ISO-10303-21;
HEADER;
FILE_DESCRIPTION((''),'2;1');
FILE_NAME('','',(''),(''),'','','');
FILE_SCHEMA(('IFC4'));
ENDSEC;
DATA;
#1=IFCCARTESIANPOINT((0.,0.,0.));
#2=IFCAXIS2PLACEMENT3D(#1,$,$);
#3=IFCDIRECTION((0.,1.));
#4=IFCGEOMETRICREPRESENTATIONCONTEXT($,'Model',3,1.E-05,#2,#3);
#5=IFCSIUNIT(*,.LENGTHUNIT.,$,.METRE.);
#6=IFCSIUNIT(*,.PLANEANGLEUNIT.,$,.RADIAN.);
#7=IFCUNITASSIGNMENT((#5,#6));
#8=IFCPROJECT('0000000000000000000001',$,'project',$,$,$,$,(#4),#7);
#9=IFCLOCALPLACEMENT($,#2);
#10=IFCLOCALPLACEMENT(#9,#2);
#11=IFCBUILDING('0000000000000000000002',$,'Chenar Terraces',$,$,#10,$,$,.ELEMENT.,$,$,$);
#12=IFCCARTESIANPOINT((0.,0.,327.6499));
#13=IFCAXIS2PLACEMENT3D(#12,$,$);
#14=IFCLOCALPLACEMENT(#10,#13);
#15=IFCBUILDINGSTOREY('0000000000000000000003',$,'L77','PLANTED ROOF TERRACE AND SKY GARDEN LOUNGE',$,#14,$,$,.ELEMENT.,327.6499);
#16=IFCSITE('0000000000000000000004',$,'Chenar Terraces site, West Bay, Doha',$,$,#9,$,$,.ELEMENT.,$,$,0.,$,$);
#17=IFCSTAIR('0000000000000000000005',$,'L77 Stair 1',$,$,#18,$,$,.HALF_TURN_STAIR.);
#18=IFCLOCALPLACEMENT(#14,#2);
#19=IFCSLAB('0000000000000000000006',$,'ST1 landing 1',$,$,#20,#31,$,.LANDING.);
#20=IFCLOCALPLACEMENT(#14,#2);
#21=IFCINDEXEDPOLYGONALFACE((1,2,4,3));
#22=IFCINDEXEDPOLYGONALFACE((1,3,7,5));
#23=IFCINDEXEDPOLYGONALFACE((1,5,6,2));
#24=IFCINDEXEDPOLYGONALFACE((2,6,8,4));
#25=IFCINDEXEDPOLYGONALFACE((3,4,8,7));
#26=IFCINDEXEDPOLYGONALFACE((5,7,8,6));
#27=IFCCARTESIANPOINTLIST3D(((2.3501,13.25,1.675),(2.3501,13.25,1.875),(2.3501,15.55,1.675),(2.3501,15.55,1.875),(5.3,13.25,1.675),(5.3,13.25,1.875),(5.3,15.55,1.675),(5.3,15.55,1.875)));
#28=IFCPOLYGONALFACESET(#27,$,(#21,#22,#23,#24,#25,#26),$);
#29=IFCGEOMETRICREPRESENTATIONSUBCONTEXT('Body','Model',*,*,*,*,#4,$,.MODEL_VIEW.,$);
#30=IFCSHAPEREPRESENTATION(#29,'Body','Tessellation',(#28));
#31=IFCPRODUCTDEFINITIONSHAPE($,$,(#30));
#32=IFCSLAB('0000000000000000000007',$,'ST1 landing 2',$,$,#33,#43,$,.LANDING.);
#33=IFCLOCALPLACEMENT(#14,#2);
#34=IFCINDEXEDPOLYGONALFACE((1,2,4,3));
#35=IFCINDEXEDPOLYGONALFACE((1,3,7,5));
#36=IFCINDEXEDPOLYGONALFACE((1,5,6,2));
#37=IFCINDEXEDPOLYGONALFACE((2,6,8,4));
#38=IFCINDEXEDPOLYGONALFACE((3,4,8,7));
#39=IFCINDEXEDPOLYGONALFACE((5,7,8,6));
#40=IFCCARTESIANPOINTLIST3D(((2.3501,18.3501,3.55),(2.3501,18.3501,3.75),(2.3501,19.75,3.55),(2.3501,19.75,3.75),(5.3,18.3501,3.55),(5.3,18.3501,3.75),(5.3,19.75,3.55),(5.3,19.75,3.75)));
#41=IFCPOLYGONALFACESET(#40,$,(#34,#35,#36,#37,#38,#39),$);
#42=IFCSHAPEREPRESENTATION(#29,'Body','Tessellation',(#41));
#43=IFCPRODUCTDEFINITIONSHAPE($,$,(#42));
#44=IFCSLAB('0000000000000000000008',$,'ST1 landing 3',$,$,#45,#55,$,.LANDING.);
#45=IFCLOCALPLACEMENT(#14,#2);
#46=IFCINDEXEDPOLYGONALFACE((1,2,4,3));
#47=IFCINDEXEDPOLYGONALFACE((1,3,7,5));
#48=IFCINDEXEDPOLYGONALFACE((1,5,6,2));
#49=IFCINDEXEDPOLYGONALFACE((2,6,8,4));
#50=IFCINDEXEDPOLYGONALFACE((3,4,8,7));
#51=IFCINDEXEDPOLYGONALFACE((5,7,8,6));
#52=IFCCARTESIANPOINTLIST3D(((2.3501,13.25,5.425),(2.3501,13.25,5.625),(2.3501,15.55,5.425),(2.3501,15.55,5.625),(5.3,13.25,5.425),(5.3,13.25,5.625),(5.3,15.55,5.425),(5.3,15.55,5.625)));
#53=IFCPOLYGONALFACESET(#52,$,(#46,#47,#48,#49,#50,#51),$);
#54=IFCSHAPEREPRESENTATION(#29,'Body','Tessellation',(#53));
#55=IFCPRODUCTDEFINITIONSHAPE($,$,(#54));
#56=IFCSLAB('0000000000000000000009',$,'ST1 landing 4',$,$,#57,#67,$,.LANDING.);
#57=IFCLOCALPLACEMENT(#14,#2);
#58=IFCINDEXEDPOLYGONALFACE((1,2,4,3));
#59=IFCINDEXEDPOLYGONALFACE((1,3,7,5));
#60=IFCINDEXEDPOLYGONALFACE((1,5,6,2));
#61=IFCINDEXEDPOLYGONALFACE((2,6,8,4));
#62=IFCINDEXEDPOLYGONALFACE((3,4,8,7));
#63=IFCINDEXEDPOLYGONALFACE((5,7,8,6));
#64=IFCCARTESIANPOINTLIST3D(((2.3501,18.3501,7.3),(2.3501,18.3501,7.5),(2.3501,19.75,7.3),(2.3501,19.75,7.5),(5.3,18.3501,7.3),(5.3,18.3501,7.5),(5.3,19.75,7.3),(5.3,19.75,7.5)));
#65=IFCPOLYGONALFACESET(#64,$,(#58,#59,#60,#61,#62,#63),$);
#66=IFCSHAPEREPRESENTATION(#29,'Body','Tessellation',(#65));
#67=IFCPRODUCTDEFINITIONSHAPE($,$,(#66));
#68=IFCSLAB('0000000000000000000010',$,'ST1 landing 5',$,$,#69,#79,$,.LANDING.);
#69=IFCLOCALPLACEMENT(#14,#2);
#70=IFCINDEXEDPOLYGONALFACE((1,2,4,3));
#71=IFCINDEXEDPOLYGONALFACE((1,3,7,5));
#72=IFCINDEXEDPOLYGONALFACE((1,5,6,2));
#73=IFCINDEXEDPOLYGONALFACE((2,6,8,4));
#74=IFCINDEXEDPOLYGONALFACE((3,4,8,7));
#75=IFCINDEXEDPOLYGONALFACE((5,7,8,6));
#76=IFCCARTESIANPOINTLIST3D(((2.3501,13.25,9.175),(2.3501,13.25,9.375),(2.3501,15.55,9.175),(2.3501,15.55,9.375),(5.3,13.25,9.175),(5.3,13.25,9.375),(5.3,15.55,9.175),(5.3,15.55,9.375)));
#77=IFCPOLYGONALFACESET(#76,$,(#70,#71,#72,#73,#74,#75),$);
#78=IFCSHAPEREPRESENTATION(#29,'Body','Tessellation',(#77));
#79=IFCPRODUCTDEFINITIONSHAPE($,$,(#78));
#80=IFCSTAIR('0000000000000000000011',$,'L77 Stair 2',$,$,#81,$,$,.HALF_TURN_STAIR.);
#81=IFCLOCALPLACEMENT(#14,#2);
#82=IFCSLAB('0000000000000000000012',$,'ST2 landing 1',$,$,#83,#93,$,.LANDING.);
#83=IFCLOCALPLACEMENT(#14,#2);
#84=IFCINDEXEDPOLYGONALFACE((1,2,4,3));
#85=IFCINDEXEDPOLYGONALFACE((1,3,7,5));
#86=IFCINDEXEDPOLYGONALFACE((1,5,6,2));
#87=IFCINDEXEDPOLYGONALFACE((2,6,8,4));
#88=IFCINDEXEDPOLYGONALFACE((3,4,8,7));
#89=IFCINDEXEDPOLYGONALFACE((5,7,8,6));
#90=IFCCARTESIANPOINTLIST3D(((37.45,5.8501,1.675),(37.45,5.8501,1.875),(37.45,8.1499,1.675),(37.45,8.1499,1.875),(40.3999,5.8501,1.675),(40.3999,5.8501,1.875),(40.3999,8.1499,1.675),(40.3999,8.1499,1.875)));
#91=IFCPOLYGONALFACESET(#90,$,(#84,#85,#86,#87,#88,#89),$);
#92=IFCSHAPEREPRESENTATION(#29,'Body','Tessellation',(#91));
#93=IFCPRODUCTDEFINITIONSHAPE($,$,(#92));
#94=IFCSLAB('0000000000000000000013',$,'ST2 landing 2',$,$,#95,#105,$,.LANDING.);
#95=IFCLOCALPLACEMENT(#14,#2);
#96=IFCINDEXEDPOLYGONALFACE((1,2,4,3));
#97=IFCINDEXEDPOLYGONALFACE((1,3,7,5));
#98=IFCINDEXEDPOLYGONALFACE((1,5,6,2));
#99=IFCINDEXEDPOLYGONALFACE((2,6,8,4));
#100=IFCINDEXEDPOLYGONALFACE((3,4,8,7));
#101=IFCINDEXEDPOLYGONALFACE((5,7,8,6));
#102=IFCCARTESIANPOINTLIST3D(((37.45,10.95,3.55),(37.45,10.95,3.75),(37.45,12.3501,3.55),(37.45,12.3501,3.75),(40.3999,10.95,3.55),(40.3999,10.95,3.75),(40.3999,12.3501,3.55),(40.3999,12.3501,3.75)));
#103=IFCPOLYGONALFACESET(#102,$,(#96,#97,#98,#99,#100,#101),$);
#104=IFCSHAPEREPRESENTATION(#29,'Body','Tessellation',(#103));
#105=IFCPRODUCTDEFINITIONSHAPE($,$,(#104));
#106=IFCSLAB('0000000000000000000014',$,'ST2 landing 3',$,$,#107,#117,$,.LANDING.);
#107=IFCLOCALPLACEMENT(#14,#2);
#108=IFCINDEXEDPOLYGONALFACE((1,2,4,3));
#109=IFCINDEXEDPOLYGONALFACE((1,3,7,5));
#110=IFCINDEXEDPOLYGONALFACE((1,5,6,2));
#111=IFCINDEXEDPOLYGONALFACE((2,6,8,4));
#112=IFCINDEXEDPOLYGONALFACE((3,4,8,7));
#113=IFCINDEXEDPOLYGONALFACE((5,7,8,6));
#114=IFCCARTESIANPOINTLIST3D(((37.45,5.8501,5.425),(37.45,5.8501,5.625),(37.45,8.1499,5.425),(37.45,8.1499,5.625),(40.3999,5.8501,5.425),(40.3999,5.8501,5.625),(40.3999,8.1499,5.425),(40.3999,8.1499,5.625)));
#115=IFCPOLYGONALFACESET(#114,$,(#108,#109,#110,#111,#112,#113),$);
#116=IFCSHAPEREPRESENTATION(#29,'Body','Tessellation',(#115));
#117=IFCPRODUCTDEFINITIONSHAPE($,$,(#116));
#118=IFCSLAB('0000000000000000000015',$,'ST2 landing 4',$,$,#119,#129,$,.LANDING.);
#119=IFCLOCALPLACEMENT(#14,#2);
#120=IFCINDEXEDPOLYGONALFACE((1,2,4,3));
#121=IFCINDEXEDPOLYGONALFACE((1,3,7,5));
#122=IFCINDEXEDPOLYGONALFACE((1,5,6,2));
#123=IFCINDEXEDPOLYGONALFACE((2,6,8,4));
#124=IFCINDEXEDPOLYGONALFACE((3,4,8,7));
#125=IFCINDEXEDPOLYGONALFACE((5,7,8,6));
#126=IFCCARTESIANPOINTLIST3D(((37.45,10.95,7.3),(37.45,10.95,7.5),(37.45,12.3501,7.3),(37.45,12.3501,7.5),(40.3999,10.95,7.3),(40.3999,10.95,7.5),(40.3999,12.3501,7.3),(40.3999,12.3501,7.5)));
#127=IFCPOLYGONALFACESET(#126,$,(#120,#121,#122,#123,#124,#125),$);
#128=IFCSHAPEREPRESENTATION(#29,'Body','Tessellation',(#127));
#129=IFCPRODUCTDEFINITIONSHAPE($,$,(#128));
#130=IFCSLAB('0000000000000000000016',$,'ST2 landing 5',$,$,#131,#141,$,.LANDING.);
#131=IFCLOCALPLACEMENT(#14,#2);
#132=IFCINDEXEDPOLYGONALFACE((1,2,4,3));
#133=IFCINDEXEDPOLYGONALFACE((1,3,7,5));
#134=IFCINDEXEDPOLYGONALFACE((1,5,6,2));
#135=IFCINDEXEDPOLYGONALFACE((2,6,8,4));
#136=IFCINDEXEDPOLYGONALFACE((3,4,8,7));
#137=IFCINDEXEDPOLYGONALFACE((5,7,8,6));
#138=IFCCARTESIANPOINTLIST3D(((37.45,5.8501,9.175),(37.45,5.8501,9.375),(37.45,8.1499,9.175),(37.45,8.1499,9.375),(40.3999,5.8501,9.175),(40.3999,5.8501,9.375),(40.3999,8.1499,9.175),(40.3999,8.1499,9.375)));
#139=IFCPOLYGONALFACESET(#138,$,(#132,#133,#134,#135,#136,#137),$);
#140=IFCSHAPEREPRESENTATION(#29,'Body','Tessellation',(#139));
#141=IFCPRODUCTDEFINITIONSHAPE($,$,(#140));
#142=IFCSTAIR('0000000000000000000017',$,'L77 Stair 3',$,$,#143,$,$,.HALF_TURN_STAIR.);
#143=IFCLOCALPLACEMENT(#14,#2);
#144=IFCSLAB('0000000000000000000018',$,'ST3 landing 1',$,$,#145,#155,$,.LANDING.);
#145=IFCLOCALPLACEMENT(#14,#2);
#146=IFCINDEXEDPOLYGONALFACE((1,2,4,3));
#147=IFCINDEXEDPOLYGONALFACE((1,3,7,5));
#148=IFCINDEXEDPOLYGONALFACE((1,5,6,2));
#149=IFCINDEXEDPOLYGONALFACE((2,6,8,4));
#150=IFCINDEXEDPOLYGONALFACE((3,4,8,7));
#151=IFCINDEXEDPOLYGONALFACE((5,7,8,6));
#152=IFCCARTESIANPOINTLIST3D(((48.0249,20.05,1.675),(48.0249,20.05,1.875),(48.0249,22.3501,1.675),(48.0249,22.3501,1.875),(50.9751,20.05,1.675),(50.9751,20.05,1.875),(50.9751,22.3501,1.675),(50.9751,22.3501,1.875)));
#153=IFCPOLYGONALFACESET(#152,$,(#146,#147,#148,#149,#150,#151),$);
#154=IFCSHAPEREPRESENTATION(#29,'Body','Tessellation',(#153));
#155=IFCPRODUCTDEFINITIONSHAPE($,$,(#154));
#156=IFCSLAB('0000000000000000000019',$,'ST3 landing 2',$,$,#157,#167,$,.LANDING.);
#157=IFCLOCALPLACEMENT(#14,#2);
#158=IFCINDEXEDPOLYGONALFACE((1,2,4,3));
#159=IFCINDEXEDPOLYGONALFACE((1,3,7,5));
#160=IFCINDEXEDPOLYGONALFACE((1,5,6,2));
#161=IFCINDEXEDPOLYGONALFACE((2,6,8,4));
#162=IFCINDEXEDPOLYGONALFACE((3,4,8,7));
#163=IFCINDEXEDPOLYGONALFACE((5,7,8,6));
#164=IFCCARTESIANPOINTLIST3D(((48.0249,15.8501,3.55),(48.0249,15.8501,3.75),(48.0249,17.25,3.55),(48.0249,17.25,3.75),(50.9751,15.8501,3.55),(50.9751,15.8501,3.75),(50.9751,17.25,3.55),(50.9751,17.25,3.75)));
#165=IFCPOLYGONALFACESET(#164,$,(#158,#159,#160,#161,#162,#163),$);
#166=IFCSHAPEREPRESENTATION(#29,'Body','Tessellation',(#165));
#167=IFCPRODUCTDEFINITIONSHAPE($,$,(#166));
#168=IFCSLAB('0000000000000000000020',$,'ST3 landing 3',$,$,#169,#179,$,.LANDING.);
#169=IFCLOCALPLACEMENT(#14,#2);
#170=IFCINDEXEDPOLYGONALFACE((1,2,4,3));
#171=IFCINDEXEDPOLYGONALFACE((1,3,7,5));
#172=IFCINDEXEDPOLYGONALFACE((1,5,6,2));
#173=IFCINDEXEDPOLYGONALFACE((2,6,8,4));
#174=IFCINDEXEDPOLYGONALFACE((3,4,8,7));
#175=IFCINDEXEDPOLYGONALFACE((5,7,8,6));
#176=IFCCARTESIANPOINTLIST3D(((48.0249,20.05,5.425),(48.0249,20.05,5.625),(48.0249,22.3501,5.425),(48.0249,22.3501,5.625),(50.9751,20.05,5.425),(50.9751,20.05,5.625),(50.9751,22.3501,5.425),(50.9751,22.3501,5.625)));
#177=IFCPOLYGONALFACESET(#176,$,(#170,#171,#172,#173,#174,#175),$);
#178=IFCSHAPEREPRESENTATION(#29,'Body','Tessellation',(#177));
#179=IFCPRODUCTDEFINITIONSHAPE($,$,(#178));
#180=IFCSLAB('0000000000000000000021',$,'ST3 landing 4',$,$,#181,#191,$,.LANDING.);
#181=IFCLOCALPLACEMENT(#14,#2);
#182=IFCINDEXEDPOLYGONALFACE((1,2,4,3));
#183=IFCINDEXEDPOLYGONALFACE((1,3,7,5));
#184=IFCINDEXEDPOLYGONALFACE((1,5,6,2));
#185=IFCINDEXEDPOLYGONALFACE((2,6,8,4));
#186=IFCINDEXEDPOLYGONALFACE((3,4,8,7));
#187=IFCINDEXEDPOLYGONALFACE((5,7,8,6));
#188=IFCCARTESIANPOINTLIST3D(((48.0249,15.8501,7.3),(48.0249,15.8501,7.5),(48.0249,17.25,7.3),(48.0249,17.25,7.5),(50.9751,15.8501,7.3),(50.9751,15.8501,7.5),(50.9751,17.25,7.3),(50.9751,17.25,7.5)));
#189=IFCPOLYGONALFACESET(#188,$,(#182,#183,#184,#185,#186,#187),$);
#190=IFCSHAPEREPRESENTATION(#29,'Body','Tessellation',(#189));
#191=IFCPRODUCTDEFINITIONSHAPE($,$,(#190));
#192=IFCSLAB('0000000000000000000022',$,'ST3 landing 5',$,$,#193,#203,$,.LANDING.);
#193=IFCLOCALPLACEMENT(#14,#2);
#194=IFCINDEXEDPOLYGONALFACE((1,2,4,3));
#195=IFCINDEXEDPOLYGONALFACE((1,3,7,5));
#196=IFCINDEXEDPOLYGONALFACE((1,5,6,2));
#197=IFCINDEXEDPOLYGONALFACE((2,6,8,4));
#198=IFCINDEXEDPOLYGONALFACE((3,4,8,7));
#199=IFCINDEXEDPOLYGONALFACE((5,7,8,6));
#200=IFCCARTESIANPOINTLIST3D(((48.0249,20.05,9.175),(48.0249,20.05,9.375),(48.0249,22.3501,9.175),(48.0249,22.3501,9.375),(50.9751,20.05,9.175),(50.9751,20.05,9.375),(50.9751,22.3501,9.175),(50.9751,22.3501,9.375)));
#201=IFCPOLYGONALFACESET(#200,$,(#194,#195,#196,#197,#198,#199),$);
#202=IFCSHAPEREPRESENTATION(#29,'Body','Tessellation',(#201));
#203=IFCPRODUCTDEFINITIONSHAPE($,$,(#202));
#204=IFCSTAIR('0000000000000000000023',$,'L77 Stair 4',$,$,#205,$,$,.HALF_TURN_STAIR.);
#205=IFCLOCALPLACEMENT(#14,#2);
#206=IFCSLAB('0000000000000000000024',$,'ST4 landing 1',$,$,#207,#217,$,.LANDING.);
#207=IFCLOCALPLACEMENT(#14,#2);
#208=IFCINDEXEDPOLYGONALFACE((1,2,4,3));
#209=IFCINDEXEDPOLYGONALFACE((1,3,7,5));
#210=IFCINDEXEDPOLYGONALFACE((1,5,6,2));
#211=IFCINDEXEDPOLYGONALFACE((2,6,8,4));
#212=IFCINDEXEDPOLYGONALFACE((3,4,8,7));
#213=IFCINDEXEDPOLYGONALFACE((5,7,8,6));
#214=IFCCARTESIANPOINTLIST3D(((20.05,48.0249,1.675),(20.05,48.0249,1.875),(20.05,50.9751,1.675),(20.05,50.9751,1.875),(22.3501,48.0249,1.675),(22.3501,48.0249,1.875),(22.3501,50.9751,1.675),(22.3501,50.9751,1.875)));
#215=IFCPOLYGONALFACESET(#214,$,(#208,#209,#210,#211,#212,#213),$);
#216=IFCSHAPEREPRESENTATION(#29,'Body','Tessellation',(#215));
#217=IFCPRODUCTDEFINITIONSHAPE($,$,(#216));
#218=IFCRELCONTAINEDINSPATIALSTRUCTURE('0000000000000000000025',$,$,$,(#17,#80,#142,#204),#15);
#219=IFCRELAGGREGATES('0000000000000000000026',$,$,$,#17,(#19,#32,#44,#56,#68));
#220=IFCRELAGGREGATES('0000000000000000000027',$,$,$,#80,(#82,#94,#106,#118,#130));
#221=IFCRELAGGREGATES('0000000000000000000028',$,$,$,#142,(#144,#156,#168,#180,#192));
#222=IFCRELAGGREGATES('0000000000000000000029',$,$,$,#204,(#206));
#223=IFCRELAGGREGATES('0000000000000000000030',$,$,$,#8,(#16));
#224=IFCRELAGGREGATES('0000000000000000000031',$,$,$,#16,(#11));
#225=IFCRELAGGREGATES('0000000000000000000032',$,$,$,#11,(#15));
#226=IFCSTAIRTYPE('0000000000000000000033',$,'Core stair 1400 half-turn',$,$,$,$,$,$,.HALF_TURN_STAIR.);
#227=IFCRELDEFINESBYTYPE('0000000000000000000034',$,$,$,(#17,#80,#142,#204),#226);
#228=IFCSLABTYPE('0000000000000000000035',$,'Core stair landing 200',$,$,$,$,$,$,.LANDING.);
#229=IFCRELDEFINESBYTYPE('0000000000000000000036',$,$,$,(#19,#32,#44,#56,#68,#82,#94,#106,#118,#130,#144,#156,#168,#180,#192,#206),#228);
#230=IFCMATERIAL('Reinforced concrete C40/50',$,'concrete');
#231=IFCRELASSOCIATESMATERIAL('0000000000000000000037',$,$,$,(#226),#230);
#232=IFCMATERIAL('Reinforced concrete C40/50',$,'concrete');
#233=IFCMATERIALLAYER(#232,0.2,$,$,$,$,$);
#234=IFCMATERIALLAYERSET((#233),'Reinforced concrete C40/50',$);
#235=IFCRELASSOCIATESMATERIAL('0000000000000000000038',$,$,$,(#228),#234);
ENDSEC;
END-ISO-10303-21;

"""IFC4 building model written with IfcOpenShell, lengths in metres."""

from ifc_helpers import new_model, si_unit, direction, frame, origin, place, context, subcontext, project, spatial, polyline, outline, extrude, material, layer, layer_set, type_object, element, aggregate, save


model = new_model("IFC4")

# Units and contexts
model_context = context("Model", 3, precision=1e-05, world=origin(), true_north=direction((0.0, 1.0)))
body_context = subcontext(model_context, "Body", "Model", "MODEL_VIEW")
ifc_project = project(units=[si_unit("LENGTHUNIT", "METRE"), si_unit("PLANEANGLEUNIT", "RADIAN")], contexts=[model_context])

# Site, building, storey
site_placement = place(None, origin())
site = spatial("IfcSite", under=ifc_project, at=site_placement, Name="Chenar Terraces site, West Bay, Doha", CompositionType="ELEMENT", RefElevation=0.0)
building_placement = place(site_placement, origin())
building = spatial("IfcBuilding", under=site, at=building_placement, Name="Chenar Terraces", CompositionType="ELEMENT")
storey_placement = place(building_placement, frame((0.0, 0.0, 327.6499)))
storey = spatial("IfcBuildingStorey", under=building, at=storey_placement, Name="L77", Description="PLANTED ROOF TERRACE AND SKY GARDEN LOUNGE", CompositionType="ELEMENT", Elevation=327.6499)

# Stairs, slabs
ifc_material_1 = material(Name="Reinforced concrete C40/50", Category="concrete")
stair_type = type_object("IfcStairType", Name="Core stair 1400 half-turn", PredefinedType="HALF_TURN_STAIR", material=ifc_material_1)
placement_1 = place(storey_placement, origin())
stair_1 = element("IfcStair", 1, at=placement_1, inside=storey, type_object=stair_type, Name="L77 Stair 1", PredefinedType="HALF_TURN_STAIR")
ifc_material_2 = material(Name="Reinforced concrete C40/50", Category="concrete")
ifc_layer_1 = layer(ifc_material_2, 0.2)
ifc_layer_set_1 = layer_set([ifc_layer_1], Name="Reinforced concrete C40/50")
slab_type_1 = type_object("IfcSlabType", Name="Core stair landing 200", PredefinedType="LANDING", material=ifc_layer_set_1)
placement_2 = place(storey_placement, frame((0.0, 0.0, 1.675)))
slab_1 = element("IfcSlab", 2, at=placement_2, type_object=slab_type_1, Name="ST1 landing 1", PredefinedType="LANDING", context=body_context, shape_type="SweptSolid", body=[
    extrude(outline(polyline([(2.3501, 15.55), (2.3501, 13.25), (5.3, 13.25), (5.3, 15.55), (2.3501, 15.55)])), origin(), (0.0, 0.0, 1.0), 0.2),
])
placement_3 = place(storey_placement, frame((0.0, 0.0, 3.55)))
slab_2 = element("IfcSlab", 3, at=placement_3, type_object=slab_type_1, Name="ST1 landing 2", PredefinedType="LANDING", context=body_context, shape_type="SweptSolid", body=[
    extrude(outline(polyline([(2.3501, 19.75), (2.3501, 18.3501), (5.3, 18.3501), (5.3, 19.75), (2.3501, 19.75)])), origin(), (0.0, 0.0, 1.0), 0.2),
])
placement_4 = place(storey_placement, frame((0.0, 0.0, 5.425)))
slab_3 = element("IfcSlab", 4, at=placement_4, type_object=slab_type_1, Name="ST1 landing 3", PredefinedType="LANDING", context=body_context, shape_type="SweptSolid", body=[
    extrude(outline(polyline([(2.3501, 15.55), (2.3501, 13.25), (5.3, 13.25), (5.3, 15.55), (2.3501, 15.55)])), origin(), (0.0, 0.0, 1.0), 0.2),
])
placement_5 = place(storey_placement, frame((0.0, 0.0, 7.3)))
slab_4 = element("IfcSlab", 5, at=placement_5, type_object=slab_type_1, Name="ST1 landing 4", PredefinedType="LANDING", context=body_context, shape_type="SweptSolid", body=[
    extrude(outline(polyline([(2.3501, 19.75), (2.3501, 18.3501), (5.3, 18.3501), (5.3, 19.75), (2.3501, 19.75)])), origin(), (0.0, 0.0, 1.0), 0.2),
])
placement_6 = place(storey_placement, frame((0.0, 0.0, 9.175)))
slab_5 = element("IfcSlab", 6, at=placement_6, type_object=slab_type_1, Name="ST1 landing 5", PredefinedType="LANDING", context=body_context, shape_type="SweptSolid", body=[
    extrude(outline(polyline([(2.3501, 15.55), (2.3501, 13.25), (5.3, 13.25), (5.3, 15.55), (2.3501, 15.55)])), origin(), (0.0, 0.0, 1.0), 0.2),
])
aggregate(stair_1, [slab_1, slab_2, slab_3, slab_4, slab_5])
stair_2 = element("IfcStair", 7, at=placement_1, inside=storey, type_object=stair_type, Name="L77 Stair 2", PredefinedType="HALF_TURN_STAIR")
slab_6 = element("IfcSlab", 8, at=placement_2, type_object=slab_type_1, Name="ST2 landing 1", PredefinedType="LANDING", context=body_context, shape_type="SweptSolid", body=[
    extrude(outline(polyline([(37.45, 8.1499), (37.45, 5.8501), (40.3999, 5.8501), (40.3999, 8.1499), (37.45, 8.1499)])), origin(), (0.0, 0.0, 1.0), 0.2),
])
slab_7 = element("IfcSlab", 9, at=placement_3, type_object=slab_type_1, Name="ST2 landing 2", PredefinedType="LANDING", context=body_context, shape_type="SweptSolid", body=[
    extrude(outline(polyline([(37.45, 12.3501), (37.45, 10.95), (40.3999, 10.95), (40.3999, 12.3501), (37.45, 12.3501)])), origin(), (0.0, 0.0, 1.0), 0.2),
])
slab_8 = element("IfcSlab", 10, at=placement_4, type_object=slab_type_1, Name="ST2 landing 3", PredefinedType="LANDING", context=body_context, shape_type="SweptSolid", body=[
    extrude(outline(polyline([(37.45, 8.1499), (37.45, 5.8501), (40.3999, 5.8501), (40.3999, 8.1499), (37.45, 8.1499)])), origin(), (0.0, 0.0, 1.0), 0.2),
])
slab_9 = element("IfcSlab", 11, at=placement_5, type_object=slab_type_1, Name="ST2 landing 4", PredefinedType="LANDING", context=body_context, shape_type="SweptSolid", body=[
    extrude(outline(polyline([(37.45, 12.3501), (37.45, 10.95), (40.3999, 10.95), (40.3999, 12.3501), (37.45, 12.3501)])), origin(), (0.0, 0.0, 1.0), 0.2),
])
slab_10 = element("IfcSlab", 12, at=placement_6, type_object=slab_type_1, Name="ST2 landing 5", PredefinedType="LANDING", context=body_context, shape_type="SweptSolid", body=[
    extrude(outline(polyline([(37.45, 8.1499), (37.45, 5.8501), (40.3999, 5.8501), (40.3999, 8.1499), (37.45, 8.1499)])), origin(), (0.0, 0.0, 1.0), 0.2),
])
aggregate(stair_2, [slab_6, slab_7, slab_8, slab_9, slab_10])
stair_3 = element("IfcStair", 13, at=placement_1, inside=storey, type_object=stair_type, Name="L77 Stair 3", PredefinedType="HALF_TURN_STAIR")
slab_11 = element("IfcSlab", 14, at=placement_2, type_object=slab_type_1, Name="ST3 landing 1", PredefinedType="LANDING", context=body_context, shape_type="SweptSolid", body=[
    extrude(outline(polyline([(50.9751, 20.05), (50.9751, 22.3501), (48.0249, 22.3501), (48.0249, 20.05), (50.9751, 20.05)])), origin(), (0.0, 0.0, 1.0), 0.2),
])
slab_12 = element("IfcSlab", 15, at=placement_3, type_object=slab_type_1, Name="ST3 landing 2", PredefinedType="LANDING", context=body_context, shape_type="SweptSolid", body=[
    extrude(outline(polyline([(50.9751, 15.8501), (50.9751, 17.25), (48.0249, 17.25), (48.0249, 15.8501), (50.9751, 15.8501)])), origin(), (0.0, 0.0, 1.0), 0.2),
])
slab_13 = element("IfcSlab", 16, at=placement_4, type_object=slab_type_1, Name="ST3 landing 3", PredefinedType="LANDING", context=body_context, shape_type="SweptSolid", body=[
    extrude(outline(polyline([(50.9751, 20.05), (50.9751, 22.3501), (48.0249, 22.3501), (48.0249, 20.05), (50.9751, 20.05)])), origin(), (0.0, 0.0, 1.0), 0.2),
])
slab_14 = element("IfcSlab", 17, at=placement_5, type_object=slab_type_1, Name="ST3 landing 4", PredefinedType="LANDING", context=body_context, shape_type="SweptSolid", body=[
    extrude(outline(polyline([(50.9751, 15.8501), (50.9751, 17.25), (48.0249, 17.25), (48.0249, 15.8501), (50.9751, 15.8501)])), origin(), (0.0, 0.0, 1.0), 0.2),
])
slab_15 = element("IfcSlab", 18, at=placement_6, type_object=slab_type_1, Name="ST3 landing 5", PredefinedType="LANDING", context=body_context, shape_type="SweptSolid", body=[
    extrude(outline(polyline([(50.9751, 20.05), (50.9751, 22.3501), (48.0249, 22.3501), (48.0249, 20.05), (50.9751, 20.05)])), origin(), (0.0, 0.0, 1.0), 0.2),
])
aggregate(stair_3, [slab_11, slab_12, slab_13, slab_14, slab_15])
stair_4 = element("IfcStair", 19, at=placement_1, inside=storey, type_object=stair_type, Name="L77 Stair 4", PredefinedType="HALF_TURN_STAIR")
slab_16 = element("IfcSlab", 20, at=placement_2, type_object=slab_type_1, Name="ST4 landing 1", PredefinedType="LANDING", context=body_context, shape_type="SweptSolid", body=[
    extrude(outline(polyline([(20.05, 48.0249), (22.3501, 48.0249), (22.3501, 50.9751), (20.05, 50.9751), (20.05, 48.0249)])), origin(), (0.0, 0.0, 1.0), 0.2),
])
aggregate(stair_4, [slab_16])

save(model, "model.ifc")
